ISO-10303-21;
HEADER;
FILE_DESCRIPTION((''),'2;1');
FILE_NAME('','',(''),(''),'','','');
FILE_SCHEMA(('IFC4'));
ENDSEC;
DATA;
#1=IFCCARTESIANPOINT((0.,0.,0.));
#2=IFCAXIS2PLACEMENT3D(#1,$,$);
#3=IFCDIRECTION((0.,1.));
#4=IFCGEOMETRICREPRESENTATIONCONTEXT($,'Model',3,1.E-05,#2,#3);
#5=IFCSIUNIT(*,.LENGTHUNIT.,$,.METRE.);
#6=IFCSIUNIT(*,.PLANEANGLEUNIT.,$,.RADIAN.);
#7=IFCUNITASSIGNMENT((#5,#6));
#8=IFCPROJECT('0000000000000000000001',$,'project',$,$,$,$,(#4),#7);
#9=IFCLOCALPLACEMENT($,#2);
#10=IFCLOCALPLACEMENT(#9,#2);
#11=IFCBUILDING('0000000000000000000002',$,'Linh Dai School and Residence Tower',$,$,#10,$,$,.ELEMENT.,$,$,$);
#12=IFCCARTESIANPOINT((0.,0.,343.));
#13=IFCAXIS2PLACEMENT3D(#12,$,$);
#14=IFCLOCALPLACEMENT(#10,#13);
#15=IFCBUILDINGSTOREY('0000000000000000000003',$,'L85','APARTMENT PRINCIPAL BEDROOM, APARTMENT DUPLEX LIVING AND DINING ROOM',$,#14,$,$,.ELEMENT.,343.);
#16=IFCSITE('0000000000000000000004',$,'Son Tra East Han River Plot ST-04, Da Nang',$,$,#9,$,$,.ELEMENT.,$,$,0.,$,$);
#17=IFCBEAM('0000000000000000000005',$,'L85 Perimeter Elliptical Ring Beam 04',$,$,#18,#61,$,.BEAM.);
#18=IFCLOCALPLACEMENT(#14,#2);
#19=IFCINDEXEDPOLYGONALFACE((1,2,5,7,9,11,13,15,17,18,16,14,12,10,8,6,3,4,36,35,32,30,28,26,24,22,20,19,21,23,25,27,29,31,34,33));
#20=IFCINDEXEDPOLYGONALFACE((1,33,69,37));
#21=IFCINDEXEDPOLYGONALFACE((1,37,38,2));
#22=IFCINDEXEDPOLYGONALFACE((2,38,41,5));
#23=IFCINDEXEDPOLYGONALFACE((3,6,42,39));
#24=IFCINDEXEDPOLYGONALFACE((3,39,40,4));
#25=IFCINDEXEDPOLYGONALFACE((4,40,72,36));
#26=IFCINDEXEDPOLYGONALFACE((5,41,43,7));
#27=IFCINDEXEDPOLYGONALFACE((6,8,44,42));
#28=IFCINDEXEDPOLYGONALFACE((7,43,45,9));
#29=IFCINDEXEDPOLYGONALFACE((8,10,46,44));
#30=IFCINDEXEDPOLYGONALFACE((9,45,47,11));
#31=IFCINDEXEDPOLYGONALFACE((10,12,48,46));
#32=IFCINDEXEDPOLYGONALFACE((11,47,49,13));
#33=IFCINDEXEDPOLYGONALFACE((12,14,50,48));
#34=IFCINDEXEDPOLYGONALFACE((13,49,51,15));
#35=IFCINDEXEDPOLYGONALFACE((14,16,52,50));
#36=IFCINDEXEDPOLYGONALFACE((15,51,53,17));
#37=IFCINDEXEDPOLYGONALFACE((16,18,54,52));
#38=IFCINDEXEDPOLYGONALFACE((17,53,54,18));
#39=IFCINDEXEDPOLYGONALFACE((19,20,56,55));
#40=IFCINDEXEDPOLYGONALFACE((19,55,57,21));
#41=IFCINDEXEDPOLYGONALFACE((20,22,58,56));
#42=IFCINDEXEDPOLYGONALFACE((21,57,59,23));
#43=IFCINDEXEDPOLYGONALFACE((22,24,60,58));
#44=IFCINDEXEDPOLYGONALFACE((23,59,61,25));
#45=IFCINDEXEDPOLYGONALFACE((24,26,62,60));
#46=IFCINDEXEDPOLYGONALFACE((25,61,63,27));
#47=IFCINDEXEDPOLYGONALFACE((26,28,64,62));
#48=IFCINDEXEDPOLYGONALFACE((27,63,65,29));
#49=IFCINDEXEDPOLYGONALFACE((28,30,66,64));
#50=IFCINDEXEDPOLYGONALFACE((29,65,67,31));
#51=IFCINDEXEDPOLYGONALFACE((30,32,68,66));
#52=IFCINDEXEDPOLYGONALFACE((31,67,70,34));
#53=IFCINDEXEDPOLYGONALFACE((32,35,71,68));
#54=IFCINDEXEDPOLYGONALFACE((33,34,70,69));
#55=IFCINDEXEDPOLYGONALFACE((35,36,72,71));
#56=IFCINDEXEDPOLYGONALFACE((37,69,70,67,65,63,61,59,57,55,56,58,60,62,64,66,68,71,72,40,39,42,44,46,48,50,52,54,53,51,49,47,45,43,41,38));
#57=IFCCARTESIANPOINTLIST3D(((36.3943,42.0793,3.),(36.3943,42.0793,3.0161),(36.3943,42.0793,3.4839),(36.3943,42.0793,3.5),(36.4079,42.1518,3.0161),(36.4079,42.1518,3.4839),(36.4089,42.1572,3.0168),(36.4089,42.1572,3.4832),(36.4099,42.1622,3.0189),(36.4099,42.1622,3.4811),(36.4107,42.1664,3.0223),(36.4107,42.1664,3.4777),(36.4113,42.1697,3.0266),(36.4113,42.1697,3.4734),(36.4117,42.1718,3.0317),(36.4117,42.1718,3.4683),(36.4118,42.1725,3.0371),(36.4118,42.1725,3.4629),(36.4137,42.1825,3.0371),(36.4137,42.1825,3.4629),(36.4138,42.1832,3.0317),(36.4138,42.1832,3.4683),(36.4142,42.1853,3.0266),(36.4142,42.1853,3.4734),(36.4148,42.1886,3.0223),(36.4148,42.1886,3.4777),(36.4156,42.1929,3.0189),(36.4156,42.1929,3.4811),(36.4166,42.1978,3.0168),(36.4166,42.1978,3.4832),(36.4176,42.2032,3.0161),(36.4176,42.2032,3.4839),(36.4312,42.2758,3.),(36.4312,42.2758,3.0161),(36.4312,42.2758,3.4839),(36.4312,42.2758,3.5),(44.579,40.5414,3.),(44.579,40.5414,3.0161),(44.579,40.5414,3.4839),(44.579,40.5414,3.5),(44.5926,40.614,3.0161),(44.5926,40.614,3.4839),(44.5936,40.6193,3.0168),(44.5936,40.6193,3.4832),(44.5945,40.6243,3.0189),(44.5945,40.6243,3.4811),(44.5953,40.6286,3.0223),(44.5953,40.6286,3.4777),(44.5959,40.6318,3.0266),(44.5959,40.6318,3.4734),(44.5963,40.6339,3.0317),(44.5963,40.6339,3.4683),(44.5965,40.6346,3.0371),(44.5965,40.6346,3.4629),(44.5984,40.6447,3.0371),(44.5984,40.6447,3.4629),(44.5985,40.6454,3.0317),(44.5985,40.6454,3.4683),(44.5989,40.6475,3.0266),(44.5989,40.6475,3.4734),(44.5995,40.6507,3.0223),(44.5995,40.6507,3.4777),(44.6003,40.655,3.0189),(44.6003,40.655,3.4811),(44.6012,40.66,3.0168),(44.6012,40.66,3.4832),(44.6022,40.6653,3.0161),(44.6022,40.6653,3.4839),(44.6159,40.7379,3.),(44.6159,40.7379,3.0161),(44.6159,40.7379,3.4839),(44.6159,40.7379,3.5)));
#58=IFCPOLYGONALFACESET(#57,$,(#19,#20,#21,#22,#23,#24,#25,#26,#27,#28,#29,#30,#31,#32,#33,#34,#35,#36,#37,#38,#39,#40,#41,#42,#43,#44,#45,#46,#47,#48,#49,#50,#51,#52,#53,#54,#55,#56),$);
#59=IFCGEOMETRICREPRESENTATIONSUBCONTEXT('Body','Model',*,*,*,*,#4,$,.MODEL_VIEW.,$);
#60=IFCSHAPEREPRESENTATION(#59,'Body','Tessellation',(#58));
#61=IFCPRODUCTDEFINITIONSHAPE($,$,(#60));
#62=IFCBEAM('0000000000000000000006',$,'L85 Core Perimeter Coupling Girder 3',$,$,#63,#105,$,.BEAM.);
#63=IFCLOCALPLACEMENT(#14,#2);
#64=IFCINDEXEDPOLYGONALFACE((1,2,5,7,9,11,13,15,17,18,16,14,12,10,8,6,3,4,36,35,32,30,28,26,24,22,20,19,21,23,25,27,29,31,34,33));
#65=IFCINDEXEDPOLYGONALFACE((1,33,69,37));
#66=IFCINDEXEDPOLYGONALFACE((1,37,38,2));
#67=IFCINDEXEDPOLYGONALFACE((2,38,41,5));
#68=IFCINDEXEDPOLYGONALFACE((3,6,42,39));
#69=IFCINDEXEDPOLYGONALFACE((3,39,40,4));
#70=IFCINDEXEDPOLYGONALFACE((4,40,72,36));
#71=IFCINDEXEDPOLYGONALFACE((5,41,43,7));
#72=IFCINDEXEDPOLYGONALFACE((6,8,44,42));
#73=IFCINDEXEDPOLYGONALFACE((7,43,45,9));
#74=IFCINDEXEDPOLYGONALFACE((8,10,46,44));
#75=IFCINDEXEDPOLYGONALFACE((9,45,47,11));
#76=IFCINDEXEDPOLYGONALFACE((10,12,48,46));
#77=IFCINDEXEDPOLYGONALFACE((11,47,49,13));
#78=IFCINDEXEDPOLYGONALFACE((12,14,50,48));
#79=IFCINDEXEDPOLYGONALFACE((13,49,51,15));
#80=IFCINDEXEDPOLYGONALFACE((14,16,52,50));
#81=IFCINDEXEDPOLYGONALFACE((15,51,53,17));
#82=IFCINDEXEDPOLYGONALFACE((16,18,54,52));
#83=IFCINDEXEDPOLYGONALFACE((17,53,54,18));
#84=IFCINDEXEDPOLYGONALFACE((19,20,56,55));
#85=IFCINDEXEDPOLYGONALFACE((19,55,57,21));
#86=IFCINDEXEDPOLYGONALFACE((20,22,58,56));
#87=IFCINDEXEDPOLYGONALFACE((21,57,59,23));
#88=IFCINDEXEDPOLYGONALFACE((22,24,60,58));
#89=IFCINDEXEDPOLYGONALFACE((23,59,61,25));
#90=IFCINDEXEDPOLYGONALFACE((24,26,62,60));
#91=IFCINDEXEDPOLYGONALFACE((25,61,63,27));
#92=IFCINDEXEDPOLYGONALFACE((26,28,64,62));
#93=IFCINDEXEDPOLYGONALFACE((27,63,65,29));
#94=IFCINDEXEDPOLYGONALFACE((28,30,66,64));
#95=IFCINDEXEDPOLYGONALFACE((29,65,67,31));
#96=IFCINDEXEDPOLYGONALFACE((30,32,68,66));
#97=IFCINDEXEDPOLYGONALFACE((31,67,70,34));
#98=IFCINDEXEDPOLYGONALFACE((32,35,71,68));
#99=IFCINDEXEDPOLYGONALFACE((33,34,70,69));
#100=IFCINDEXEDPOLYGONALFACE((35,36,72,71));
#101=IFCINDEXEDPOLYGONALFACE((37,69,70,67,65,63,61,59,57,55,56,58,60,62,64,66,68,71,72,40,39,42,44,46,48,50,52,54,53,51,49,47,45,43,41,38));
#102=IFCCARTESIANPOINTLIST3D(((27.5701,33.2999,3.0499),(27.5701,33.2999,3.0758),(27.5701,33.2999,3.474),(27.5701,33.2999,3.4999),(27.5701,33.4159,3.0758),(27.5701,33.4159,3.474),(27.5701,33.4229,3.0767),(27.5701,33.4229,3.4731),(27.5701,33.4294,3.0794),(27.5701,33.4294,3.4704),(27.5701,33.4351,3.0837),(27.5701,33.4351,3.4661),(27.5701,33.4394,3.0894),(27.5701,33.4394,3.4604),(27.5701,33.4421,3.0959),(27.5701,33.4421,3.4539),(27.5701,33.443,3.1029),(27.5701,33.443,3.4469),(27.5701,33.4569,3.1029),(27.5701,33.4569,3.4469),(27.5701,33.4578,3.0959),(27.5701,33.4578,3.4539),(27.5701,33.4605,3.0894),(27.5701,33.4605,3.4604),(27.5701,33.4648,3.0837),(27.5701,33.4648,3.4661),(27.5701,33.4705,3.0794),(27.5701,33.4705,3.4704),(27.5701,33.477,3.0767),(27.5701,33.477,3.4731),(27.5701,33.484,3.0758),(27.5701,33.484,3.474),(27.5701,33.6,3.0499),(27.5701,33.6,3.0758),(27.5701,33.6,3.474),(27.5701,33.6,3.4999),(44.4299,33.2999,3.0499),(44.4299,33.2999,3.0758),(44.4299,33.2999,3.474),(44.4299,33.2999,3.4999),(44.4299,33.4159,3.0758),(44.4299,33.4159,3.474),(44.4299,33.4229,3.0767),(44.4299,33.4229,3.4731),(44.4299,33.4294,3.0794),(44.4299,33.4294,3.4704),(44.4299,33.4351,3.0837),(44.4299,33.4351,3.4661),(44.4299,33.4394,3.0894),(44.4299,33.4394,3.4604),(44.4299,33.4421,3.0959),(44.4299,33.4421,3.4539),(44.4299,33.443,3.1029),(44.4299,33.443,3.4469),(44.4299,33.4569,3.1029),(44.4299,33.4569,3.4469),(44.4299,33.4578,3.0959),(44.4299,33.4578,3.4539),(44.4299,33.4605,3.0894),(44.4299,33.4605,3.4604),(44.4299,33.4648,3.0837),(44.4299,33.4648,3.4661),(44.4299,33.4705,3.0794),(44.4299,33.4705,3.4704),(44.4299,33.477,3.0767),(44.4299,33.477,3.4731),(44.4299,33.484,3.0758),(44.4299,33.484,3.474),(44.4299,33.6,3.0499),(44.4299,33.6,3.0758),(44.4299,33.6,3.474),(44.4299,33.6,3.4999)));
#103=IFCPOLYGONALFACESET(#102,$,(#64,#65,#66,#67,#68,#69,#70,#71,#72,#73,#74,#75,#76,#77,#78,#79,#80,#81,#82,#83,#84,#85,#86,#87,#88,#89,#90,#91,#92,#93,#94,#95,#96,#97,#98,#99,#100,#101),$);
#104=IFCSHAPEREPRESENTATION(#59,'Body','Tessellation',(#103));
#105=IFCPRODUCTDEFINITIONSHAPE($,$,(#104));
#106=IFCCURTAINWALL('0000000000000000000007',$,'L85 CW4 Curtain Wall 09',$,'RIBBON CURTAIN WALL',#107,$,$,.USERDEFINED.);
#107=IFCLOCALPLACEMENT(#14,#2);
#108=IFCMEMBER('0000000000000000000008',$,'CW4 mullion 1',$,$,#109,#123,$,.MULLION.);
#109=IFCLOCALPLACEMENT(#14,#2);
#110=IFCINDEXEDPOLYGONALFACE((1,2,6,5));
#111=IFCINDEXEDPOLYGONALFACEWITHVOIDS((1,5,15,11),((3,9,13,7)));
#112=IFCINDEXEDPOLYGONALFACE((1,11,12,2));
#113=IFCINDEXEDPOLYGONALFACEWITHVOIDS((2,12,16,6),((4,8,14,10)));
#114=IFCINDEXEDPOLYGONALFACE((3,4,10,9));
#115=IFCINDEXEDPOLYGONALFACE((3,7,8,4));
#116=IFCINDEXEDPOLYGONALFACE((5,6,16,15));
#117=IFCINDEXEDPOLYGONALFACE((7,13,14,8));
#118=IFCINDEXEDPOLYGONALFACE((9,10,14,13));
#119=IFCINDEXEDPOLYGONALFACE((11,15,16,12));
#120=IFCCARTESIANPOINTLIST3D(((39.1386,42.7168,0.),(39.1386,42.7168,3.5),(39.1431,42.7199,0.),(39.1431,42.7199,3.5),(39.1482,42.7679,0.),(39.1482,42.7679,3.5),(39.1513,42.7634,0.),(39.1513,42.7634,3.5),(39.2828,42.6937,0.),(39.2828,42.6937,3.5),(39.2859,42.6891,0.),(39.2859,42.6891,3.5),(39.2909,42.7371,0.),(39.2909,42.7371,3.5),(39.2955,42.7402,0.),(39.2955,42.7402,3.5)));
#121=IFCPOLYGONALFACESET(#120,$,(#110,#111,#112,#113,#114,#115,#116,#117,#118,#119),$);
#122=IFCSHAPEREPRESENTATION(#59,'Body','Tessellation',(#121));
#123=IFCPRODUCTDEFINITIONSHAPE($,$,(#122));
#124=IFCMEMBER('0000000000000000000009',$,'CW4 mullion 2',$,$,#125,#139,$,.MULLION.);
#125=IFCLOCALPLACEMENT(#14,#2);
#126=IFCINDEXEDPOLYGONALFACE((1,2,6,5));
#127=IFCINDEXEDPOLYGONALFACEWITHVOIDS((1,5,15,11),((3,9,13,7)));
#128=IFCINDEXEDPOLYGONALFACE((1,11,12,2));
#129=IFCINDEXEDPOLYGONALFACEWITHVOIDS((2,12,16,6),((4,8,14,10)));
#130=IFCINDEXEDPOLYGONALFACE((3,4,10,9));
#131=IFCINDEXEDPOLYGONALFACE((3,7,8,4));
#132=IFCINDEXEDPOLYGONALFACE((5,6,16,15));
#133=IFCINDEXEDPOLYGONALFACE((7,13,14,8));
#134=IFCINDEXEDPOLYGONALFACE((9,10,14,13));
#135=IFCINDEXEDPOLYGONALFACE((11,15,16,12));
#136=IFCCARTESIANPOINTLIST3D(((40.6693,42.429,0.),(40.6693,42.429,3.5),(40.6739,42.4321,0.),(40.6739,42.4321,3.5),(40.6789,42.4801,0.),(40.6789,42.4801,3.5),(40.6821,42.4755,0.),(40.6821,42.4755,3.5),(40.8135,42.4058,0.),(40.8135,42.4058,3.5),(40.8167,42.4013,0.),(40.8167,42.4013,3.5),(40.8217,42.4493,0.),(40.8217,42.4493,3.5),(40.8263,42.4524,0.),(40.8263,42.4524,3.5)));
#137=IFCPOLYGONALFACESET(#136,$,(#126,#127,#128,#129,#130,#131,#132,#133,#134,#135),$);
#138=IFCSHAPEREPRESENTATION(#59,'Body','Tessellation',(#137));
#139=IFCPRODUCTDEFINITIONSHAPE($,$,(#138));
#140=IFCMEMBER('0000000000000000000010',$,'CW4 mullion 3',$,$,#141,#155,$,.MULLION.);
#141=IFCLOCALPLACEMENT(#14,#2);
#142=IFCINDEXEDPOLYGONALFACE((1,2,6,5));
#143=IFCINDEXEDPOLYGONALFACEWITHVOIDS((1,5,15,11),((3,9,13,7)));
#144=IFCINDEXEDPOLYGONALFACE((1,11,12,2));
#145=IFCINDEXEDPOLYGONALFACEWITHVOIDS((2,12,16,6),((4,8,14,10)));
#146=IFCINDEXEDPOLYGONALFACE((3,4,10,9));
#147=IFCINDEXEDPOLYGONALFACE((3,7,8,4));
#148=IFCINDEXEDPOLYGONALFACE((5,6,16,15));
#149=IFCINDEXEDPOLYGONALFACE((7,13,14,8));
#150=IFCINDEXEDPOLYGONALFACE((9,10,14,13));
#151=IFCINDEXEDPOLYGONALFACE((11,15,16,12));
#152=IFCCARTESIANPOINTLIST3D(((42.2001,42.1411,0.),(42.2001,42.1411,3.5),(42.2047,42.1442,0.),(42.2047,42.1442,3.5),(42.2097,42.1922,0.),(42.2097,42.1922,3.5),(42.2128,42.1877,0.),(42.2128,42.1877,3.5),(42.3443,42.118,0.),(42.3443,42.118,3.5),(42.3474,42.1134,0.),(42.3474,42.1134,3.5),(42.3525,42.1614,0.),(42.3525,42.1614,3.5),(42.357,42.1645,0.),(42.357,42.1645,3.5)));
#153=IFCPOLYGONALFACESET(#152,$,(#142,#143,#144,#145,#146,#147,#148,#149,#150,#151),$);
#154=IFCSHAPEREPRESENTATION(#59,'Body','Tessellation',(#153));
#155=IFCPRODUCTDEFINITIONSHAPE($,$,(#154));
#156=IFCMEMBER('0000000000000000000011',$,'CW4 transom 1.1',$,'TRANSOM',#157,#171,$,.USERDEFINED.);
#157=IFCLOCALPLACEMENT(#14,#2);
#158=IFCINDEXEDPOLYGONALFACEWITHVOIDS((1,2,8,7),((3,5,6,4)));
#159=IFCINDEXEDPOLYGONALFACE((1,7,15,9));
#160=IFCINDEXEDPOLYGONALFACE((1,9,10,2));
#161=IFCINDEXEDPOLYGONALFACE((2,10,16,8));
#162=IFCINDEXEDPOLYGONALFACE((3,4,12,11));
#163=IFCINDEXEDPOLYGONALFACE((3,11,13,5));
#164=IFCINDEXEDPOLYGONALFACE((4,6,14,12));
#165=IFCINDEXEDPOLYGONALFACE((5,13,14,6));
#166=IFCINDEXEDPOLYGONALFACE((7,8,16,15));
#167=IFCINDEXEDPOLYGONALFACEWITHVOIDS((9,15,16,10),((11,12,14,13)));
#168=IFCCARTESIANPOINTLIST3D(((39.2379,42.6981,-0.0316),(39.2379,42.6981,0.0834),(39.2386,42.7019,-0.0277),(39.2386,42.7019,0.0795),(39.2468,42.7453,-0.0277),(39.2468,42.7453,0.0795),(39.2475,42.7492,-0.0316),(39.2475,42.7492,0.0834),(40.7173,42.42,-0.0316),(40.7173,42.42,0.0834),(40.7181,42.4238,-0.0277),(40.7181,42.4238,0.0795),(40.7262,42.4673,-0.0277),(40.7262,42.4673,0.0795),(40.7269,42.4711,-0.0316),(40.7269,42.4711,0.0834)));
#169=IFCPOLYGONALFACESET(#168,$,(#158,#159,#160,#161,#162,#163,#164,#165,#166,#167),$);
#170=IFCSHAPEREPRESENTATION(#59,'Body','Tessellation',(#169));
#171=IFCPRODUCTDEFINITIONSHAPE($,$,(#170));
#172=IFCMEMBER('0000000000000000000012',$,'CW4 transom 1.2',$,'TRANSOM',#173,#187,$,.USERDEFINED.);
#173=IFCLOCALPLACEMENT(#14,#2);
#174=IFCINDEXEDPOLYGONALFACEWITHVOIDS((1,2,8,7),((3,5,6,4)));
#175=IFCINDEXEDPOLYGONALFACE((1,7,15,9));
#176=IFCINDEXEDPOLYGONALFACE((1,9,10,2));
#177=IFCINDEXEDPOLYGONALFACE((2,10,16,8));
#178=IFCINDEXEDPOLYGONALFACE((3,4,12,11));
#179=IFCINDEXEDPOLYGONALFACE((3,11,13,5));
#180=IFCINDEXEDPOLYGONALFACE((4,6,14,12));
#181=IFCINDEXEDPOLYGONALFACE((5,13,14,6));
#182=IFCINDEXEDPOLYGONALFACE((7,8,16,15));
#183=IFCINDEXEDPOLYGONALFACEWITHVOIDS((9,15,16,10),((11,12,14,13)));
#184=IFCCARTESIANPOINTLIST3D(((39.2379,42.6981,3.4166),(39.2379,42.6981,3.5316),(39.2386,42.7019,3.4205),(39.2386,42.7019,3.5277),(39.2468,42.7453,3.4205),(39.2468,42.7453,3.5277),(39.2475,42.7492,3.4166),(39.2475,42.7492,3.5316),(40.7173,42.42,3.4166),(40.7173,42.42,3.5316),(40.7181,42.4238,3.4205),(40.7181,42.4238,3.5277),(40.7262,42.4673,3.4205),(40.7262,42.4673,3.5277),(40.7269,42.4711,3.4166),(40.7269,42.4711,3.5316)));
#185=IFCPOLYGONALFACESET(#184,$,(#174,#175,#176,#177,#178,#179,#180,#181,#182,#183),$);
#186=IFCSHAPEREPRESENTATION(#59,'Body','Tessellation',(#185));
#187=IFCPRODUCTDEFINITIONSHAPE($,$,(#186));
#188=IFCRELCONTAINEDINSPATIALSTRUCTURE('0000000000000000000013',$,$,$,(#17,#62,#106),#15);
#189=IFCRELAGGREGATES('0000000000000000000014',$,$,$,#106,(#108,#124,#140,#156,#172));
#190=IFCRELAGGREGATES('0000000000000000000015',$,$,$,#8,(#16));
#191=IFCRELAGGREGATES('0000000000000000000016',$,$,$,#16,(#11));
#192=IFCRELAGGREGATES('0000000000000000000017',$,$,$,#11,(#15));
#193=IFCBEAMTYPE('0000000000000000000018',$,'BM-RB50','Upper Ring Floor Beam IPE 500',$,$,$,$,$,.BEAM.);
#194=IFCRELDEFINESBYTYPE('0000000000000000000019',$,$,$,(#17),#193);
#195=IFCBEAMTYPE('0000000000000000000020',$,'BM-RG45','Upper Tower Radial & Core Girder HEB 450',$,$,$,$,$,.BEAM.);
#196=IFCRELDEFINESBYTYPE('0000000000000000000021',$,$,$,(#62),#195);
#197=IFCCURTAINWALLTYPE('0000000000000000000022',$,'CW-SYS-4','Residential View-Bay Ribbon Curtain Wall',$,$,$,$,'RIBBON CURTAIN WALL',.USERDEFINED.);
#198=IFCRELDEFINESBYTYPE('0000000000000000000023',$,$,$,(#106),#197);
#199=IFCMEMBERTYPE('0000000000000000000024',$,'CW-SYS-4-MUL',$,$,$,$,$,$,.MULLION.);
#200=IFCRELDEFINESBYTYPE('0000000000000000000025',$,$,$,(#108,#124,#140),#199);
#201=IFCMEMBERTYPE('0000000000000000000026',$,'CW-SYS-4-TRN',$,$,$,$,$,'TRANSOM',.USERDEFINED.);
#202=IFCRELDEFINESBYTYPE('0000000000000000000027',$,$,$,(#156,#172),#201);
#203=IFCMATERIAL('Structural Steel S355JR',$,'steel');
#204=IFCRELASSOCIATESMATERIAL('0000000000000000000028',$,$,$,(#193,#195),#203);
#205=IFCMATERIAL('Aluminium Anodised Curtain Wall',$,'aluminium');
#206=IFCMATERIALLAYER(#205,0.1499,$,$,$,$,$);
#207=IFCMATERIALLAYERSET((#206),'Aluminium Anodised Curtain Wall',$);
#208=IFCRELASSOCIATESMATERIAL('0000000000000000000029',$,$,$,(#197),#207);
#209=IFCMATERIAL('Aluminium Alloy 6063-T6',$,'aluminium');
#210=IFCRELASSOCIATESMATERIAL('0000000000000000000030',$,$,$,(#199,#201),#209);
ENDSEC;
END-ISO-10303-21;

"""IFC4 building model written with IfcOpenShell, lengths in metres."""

from ifc_helpers import new_model, si_unit, direction, frame, origin, origin_2d, place, context, subcontext, project, spatial, hollow_rectangle, i_section, extrude, source, transform, mapped, material, layer, layer_set, material_profile, profile_set, type_object, element, aggregate, save


model = new_model("IFC4")

# Units and contexts
model_context = context("Model", 3, precision=1e-05, world=origin(), true_north=direction((0.0, 1.0)))
body_context = subcontext(model_context, "Body", "Model", "MODEL_VIEW")
ifc_project = project(units=[si_unit("LENGTHUNIT", "METRE"), si_unit("PLANEANGLEUNIT", "RADIAN")], contexts=[model_context])

# Site, building, storey
site_placement = place(None, origin())
site = spatial("IfcSite", under=ifc_project, at=site_placement, Name="Son Tra East Han River Plot ST-04, Da Nang", CompositionType="ELEMENT", RefElevation=0.0)
building_placement = place(site_placement, origin())
building = spatial("IfcBuilding", under=site, at=building_placement, Name="Linh Dai School and Residence Tower", CompositionType="ELEMENT")
storey_placement = place(building_placement, frame((0.0, 0.0, 343.0)))
storey = spatial("IfcBuildingStorey", under=building, at=storey_placement, Name="L85", Description="APARTMENT PRINCIPAL BEDROOM, APARTMENT DUPLEX LIVING AND DINING ROOM", CompositionType="ELEMENT", Elevation=343.0)

# Beams
ifc_material_1 = material(Name="Structural Steel S355JR", Category="steel")
ifc_material_profile_1 = material_profile(ifc_material_1, i_section(OverallWidth=0.2, OverallDepth=0.5, WebThickness=0.0103, FlangeThickness=0.0161, FilletRadius=0.021, at=origin_2d()), Name="IPE 500")
ifc_profile_set_1 = profile_set([ifc_material_profile_1], Name="Structural Steel S355JR")
beam_type_1 = type_object("IfcBeamType", Name="BM-RB50", Description="Upper Ring Floor Beam IPE 500", PredefinedType="BEAM", material=ifc_profile_set_1)
beam_1_placement = place(storey_placement, frame((44.5974, 40.6396, 3.25), z_axis=(-0.982802, 0.184664, 0.0), x_axis=(-0.184664, -0.982802, 0.0)))
element("IfcBeam", 1, at=beam_1_placement, inside=storey, type_object=beam_type_1, Name="L85 Perimeter Elliptical Ring Beam 04", PredefinedType="BEAM", context=body_context, shape_type="SweptSolid", body=[
    extrude(i_section(OverallWidth=0.2, OverallDepth=0.5, WebThickness=0.0103, FlangeThickness=0.0161, FilletRadius=0.021, at=origin_2d()), origin(), (0.0, 0.0, 1.0), 8.3279),
])
ifc_material_profile_2 = material_profile(ifc_material_1, i_section(OverallWidth=0.3, OverallDepth=0.45, WebThickness=0.0139, FlangeThickness=0.0259, FilletRadius=0.0271, at=origin_2d()), Name="HEB 450")
ifc_profile_set_2 = profile_set([ifc_material_profile_2], Name="Structural Steel S355JR")
beam_type_2 = type_object("IfcBeamType", Name="BM-RG45", Description="Upper Tower Radial & Core Girder HEB 450", PredefinedType="BEAM", material=ifc_profile_set_2)
beam_2_placement = place(storey_placement, frame((44.4299, 33.45, 3.2749), z_axis=(-1.0, 0.0, 0.0), x_axis=(0.0, -1.0, 0.0)))
element("IfcBeam", 2, at=beam_2_placement, inside=storey, type_object=beam_type_2, Name="L85 Core Perimeter Coupling Girder 3", PredefinedType="BEAM", context=body_context, shape_type="SweptSolid", body=[
    extrude(i_section(OverallWidth=0.3, OverallDepth=0.45, WebThickness=0.0139, FlangeThickness=0.0259, FilletRadius=0.0271, at=origin_2d()), origin(), (0.0, 0.0, 1.0), 16.8599),
])

# Curtain wall, members
ifc_material_2 = material(Name="Aluminium Anodised Curtain Wall", Category="aluminium")
ifc_layer_1 = layer(ifc_material_2, 0.1499)
ifc_layer_set_1 = layer_set([ifc_layer_1], Name="Aluminium Anodised Curtain Wall")
curtain_wall_type = type_object("IfcCurtainWallType", Name="CW-SYS-4", Description="Residential View-Bay Ribbon Curtain Wall", ElementType="RIBBON CURTAIN WALL", PredefinedType="USERDEFINED", material=ifc_layer_set_1)
curtain_wall_placement = place(storey_placement, origin())
curtain_wall = element("IfcCurtainWall", 3, at=curtain_wall_placement, inside=storey, type_object=curtain_wall_type, Name="L85 CW4 Curtain Wall 09", ObjectType="RIBBON CURTAIN WALL", PredefinedType="USERDEFINED")
ifc_material_3 = material(Name="Aluminium Alloy 6063-T6", Category="aluminium")
ifc_material_profile_3 = material_profile(ifc_material_3, hollow_rectangle(XDim=0.052, YDim=0.1499, WallThickness=0.0039, at=origin_2d()), Name="RHS 150x52x4")
ifc_profile_set_3 = profile_set([ifc_material_profile_3], Name="Aluminium Alloy 6063-T6")
member_type_1 = type_object("IfcMemberType", Name="CW-SYS-4-MUL", PredefinedType="MULLION", material=ifc_profile_set_3)
shared_shape_1 = source(origin(), body_context, "Body", "SweptSolid", [
    extrude(hollow_rectangle(XDim=0.052, YDim=0.1499, WallThickness=0.0039, at=origin_2d()), origin(), (0.0, 0.0, 1.0), 3.5),
])
member_1_placement = place(storey_placement, frame((39.217, 42.7285, 0.0), z_axis=(0.0, 0.0, 1.0), x_axis=(0.184785, 0.982779, 0.0)))
member_1 = element("IfcMember", 4, at=member_1_placement, type_object=member_type_1, Name="CW4 mullion 1", PredefinedType="MULLION", context=body_context, shape_type="MappedRepresentation", body=[
    mapped(shared_shape_1, transform((0.0, 0.0, 0.0), x_axis=(1.0, 0.0, 0.0), y_axis=(0.0, 1.0, 0.0), z_axis=(0.0, 0.0, 1.0), scale=1.0)),
])
member_2_placement = place(storey_placement, frame((40.7478, 42.4407, 0.0), z_axis=(0.0, 0.0, 1.0), x_axis=(0.184785, 0.982779, 0.0)))
member_2 = element("IfcMember", 5, at=member_2_placement, type_object=member_type_1, Name="CW4 mullion 2", PredefinedType="MULLION", context=body_context, shape_type="MappedRepresentation", body=[
    mapped(shared_shape_1, transform((0.0, 0.0, 0.0), x_axis=(1.0, 0.0, 0.0), y_axis=(0.0, 1.0, 0.0), z_axis=(0.0, 0.0, 1.0), scale=1.0)),
])
member_3_placement = place(storey_placement, frame((42.2786, 42.1528, 0.0), z_axis=(0.0, 0.0, 1.0), x_axis=(0.184785, 0.982779, 0.0)))
member_3 = element("IfcMember", 6, at=member_3_placement, type_object=member_type_1, Name="CW4 mullion 3", PredefinedType="MULLION", context=body_context, shape_type="MappedRepresentation", body=[
    mapped(shared_shape_1, transform((0.0, 0.0, 0.0), x_axis=(1.0, 0.0, 0.0), y_axis=(0.0, 1.0, 0.0), z_axis=(0.0, 0.0, 1.0), scale=1.0)),
])
ifc_material_profile_4 = material_profile(ifc_material_3, hollow_rectangle(XDim=0.052, YDim=0.115, WallThickness=0.0039, at=origin_2d()), Name="RHS 115x52x4")
ifc_profile_set_4 = profile_set([ifc_material_profile_4], Name="Aluminium Alloy 6063-T6")
member_type_2 = type_object("IfcMemberType", Name="CW-SYS-4-TRN", ElementType="TRANSOM", PredefinedType="USERDEFINED", material=ifc_profile_set_4)
shared_shape_2 = source(origin(), body_context, "Body", "SweptSolid", [
    extrude(hollow_rectangle(XDim=0.052, YDim=0.115, WallThickness=0.0039, at=origin_2d()), origin(), (0.0, 0.0, 1.0), 1.5054),
])
member_4_placement = place(storey_placement, frame((39.2427, 42.7236, 0.0259), z_axis=(0.982791, -0.184719, 0.0), x_axis=(0.184719, 0.982791, 0.0)))
member_4 = element("IfcMember", 7, at=member_4_placement, type_object=member_type_2, Name="CW4 transom 1.1", ObjectType="TRANSOM", PredefinedType="USERDEFINED", context=body_context, shape_type="MappedRepresentation", body=[
    mapped(shared_shape_2, transform((0.0, 0.0, 0.0), x_axis=(1.0, 0.0, 0.0), y_axis=(0.0, 1.0, 0.0), z_axis=(0.0, 0.0, 1.0), scale=1.0)),
])
member_5_placement = place(storey_placement, frame((39.2427, 42.7236, 3.4741), z_axis=(0.982791, -0.184719, 0.0), x_axis=(0.184719, 0.982791, 0.0)))
member_5 = element("IfcMember", 8, at=member_5_placement, type_object=member_type_2, Name="CW4 transom 1.2", ObjectType="TRANSOM", PredefinedType="USERDEFINED", context=body_context, shape_type="MappedRepresentation", body=[
    mapped(shared_shape_2, transform((0.0, 0.0, 0.0), x_axis=(1.0, 0.0, 0.0), y_axis=(0.0, 1.0, 0.0), z_axis=(0.0, 0.0, 1.0), scale=1.0)),
])

aggregate(curtain_wall, [member_1, member_2, member_3, member_4, member_5])

save(model, "model.ifc")
